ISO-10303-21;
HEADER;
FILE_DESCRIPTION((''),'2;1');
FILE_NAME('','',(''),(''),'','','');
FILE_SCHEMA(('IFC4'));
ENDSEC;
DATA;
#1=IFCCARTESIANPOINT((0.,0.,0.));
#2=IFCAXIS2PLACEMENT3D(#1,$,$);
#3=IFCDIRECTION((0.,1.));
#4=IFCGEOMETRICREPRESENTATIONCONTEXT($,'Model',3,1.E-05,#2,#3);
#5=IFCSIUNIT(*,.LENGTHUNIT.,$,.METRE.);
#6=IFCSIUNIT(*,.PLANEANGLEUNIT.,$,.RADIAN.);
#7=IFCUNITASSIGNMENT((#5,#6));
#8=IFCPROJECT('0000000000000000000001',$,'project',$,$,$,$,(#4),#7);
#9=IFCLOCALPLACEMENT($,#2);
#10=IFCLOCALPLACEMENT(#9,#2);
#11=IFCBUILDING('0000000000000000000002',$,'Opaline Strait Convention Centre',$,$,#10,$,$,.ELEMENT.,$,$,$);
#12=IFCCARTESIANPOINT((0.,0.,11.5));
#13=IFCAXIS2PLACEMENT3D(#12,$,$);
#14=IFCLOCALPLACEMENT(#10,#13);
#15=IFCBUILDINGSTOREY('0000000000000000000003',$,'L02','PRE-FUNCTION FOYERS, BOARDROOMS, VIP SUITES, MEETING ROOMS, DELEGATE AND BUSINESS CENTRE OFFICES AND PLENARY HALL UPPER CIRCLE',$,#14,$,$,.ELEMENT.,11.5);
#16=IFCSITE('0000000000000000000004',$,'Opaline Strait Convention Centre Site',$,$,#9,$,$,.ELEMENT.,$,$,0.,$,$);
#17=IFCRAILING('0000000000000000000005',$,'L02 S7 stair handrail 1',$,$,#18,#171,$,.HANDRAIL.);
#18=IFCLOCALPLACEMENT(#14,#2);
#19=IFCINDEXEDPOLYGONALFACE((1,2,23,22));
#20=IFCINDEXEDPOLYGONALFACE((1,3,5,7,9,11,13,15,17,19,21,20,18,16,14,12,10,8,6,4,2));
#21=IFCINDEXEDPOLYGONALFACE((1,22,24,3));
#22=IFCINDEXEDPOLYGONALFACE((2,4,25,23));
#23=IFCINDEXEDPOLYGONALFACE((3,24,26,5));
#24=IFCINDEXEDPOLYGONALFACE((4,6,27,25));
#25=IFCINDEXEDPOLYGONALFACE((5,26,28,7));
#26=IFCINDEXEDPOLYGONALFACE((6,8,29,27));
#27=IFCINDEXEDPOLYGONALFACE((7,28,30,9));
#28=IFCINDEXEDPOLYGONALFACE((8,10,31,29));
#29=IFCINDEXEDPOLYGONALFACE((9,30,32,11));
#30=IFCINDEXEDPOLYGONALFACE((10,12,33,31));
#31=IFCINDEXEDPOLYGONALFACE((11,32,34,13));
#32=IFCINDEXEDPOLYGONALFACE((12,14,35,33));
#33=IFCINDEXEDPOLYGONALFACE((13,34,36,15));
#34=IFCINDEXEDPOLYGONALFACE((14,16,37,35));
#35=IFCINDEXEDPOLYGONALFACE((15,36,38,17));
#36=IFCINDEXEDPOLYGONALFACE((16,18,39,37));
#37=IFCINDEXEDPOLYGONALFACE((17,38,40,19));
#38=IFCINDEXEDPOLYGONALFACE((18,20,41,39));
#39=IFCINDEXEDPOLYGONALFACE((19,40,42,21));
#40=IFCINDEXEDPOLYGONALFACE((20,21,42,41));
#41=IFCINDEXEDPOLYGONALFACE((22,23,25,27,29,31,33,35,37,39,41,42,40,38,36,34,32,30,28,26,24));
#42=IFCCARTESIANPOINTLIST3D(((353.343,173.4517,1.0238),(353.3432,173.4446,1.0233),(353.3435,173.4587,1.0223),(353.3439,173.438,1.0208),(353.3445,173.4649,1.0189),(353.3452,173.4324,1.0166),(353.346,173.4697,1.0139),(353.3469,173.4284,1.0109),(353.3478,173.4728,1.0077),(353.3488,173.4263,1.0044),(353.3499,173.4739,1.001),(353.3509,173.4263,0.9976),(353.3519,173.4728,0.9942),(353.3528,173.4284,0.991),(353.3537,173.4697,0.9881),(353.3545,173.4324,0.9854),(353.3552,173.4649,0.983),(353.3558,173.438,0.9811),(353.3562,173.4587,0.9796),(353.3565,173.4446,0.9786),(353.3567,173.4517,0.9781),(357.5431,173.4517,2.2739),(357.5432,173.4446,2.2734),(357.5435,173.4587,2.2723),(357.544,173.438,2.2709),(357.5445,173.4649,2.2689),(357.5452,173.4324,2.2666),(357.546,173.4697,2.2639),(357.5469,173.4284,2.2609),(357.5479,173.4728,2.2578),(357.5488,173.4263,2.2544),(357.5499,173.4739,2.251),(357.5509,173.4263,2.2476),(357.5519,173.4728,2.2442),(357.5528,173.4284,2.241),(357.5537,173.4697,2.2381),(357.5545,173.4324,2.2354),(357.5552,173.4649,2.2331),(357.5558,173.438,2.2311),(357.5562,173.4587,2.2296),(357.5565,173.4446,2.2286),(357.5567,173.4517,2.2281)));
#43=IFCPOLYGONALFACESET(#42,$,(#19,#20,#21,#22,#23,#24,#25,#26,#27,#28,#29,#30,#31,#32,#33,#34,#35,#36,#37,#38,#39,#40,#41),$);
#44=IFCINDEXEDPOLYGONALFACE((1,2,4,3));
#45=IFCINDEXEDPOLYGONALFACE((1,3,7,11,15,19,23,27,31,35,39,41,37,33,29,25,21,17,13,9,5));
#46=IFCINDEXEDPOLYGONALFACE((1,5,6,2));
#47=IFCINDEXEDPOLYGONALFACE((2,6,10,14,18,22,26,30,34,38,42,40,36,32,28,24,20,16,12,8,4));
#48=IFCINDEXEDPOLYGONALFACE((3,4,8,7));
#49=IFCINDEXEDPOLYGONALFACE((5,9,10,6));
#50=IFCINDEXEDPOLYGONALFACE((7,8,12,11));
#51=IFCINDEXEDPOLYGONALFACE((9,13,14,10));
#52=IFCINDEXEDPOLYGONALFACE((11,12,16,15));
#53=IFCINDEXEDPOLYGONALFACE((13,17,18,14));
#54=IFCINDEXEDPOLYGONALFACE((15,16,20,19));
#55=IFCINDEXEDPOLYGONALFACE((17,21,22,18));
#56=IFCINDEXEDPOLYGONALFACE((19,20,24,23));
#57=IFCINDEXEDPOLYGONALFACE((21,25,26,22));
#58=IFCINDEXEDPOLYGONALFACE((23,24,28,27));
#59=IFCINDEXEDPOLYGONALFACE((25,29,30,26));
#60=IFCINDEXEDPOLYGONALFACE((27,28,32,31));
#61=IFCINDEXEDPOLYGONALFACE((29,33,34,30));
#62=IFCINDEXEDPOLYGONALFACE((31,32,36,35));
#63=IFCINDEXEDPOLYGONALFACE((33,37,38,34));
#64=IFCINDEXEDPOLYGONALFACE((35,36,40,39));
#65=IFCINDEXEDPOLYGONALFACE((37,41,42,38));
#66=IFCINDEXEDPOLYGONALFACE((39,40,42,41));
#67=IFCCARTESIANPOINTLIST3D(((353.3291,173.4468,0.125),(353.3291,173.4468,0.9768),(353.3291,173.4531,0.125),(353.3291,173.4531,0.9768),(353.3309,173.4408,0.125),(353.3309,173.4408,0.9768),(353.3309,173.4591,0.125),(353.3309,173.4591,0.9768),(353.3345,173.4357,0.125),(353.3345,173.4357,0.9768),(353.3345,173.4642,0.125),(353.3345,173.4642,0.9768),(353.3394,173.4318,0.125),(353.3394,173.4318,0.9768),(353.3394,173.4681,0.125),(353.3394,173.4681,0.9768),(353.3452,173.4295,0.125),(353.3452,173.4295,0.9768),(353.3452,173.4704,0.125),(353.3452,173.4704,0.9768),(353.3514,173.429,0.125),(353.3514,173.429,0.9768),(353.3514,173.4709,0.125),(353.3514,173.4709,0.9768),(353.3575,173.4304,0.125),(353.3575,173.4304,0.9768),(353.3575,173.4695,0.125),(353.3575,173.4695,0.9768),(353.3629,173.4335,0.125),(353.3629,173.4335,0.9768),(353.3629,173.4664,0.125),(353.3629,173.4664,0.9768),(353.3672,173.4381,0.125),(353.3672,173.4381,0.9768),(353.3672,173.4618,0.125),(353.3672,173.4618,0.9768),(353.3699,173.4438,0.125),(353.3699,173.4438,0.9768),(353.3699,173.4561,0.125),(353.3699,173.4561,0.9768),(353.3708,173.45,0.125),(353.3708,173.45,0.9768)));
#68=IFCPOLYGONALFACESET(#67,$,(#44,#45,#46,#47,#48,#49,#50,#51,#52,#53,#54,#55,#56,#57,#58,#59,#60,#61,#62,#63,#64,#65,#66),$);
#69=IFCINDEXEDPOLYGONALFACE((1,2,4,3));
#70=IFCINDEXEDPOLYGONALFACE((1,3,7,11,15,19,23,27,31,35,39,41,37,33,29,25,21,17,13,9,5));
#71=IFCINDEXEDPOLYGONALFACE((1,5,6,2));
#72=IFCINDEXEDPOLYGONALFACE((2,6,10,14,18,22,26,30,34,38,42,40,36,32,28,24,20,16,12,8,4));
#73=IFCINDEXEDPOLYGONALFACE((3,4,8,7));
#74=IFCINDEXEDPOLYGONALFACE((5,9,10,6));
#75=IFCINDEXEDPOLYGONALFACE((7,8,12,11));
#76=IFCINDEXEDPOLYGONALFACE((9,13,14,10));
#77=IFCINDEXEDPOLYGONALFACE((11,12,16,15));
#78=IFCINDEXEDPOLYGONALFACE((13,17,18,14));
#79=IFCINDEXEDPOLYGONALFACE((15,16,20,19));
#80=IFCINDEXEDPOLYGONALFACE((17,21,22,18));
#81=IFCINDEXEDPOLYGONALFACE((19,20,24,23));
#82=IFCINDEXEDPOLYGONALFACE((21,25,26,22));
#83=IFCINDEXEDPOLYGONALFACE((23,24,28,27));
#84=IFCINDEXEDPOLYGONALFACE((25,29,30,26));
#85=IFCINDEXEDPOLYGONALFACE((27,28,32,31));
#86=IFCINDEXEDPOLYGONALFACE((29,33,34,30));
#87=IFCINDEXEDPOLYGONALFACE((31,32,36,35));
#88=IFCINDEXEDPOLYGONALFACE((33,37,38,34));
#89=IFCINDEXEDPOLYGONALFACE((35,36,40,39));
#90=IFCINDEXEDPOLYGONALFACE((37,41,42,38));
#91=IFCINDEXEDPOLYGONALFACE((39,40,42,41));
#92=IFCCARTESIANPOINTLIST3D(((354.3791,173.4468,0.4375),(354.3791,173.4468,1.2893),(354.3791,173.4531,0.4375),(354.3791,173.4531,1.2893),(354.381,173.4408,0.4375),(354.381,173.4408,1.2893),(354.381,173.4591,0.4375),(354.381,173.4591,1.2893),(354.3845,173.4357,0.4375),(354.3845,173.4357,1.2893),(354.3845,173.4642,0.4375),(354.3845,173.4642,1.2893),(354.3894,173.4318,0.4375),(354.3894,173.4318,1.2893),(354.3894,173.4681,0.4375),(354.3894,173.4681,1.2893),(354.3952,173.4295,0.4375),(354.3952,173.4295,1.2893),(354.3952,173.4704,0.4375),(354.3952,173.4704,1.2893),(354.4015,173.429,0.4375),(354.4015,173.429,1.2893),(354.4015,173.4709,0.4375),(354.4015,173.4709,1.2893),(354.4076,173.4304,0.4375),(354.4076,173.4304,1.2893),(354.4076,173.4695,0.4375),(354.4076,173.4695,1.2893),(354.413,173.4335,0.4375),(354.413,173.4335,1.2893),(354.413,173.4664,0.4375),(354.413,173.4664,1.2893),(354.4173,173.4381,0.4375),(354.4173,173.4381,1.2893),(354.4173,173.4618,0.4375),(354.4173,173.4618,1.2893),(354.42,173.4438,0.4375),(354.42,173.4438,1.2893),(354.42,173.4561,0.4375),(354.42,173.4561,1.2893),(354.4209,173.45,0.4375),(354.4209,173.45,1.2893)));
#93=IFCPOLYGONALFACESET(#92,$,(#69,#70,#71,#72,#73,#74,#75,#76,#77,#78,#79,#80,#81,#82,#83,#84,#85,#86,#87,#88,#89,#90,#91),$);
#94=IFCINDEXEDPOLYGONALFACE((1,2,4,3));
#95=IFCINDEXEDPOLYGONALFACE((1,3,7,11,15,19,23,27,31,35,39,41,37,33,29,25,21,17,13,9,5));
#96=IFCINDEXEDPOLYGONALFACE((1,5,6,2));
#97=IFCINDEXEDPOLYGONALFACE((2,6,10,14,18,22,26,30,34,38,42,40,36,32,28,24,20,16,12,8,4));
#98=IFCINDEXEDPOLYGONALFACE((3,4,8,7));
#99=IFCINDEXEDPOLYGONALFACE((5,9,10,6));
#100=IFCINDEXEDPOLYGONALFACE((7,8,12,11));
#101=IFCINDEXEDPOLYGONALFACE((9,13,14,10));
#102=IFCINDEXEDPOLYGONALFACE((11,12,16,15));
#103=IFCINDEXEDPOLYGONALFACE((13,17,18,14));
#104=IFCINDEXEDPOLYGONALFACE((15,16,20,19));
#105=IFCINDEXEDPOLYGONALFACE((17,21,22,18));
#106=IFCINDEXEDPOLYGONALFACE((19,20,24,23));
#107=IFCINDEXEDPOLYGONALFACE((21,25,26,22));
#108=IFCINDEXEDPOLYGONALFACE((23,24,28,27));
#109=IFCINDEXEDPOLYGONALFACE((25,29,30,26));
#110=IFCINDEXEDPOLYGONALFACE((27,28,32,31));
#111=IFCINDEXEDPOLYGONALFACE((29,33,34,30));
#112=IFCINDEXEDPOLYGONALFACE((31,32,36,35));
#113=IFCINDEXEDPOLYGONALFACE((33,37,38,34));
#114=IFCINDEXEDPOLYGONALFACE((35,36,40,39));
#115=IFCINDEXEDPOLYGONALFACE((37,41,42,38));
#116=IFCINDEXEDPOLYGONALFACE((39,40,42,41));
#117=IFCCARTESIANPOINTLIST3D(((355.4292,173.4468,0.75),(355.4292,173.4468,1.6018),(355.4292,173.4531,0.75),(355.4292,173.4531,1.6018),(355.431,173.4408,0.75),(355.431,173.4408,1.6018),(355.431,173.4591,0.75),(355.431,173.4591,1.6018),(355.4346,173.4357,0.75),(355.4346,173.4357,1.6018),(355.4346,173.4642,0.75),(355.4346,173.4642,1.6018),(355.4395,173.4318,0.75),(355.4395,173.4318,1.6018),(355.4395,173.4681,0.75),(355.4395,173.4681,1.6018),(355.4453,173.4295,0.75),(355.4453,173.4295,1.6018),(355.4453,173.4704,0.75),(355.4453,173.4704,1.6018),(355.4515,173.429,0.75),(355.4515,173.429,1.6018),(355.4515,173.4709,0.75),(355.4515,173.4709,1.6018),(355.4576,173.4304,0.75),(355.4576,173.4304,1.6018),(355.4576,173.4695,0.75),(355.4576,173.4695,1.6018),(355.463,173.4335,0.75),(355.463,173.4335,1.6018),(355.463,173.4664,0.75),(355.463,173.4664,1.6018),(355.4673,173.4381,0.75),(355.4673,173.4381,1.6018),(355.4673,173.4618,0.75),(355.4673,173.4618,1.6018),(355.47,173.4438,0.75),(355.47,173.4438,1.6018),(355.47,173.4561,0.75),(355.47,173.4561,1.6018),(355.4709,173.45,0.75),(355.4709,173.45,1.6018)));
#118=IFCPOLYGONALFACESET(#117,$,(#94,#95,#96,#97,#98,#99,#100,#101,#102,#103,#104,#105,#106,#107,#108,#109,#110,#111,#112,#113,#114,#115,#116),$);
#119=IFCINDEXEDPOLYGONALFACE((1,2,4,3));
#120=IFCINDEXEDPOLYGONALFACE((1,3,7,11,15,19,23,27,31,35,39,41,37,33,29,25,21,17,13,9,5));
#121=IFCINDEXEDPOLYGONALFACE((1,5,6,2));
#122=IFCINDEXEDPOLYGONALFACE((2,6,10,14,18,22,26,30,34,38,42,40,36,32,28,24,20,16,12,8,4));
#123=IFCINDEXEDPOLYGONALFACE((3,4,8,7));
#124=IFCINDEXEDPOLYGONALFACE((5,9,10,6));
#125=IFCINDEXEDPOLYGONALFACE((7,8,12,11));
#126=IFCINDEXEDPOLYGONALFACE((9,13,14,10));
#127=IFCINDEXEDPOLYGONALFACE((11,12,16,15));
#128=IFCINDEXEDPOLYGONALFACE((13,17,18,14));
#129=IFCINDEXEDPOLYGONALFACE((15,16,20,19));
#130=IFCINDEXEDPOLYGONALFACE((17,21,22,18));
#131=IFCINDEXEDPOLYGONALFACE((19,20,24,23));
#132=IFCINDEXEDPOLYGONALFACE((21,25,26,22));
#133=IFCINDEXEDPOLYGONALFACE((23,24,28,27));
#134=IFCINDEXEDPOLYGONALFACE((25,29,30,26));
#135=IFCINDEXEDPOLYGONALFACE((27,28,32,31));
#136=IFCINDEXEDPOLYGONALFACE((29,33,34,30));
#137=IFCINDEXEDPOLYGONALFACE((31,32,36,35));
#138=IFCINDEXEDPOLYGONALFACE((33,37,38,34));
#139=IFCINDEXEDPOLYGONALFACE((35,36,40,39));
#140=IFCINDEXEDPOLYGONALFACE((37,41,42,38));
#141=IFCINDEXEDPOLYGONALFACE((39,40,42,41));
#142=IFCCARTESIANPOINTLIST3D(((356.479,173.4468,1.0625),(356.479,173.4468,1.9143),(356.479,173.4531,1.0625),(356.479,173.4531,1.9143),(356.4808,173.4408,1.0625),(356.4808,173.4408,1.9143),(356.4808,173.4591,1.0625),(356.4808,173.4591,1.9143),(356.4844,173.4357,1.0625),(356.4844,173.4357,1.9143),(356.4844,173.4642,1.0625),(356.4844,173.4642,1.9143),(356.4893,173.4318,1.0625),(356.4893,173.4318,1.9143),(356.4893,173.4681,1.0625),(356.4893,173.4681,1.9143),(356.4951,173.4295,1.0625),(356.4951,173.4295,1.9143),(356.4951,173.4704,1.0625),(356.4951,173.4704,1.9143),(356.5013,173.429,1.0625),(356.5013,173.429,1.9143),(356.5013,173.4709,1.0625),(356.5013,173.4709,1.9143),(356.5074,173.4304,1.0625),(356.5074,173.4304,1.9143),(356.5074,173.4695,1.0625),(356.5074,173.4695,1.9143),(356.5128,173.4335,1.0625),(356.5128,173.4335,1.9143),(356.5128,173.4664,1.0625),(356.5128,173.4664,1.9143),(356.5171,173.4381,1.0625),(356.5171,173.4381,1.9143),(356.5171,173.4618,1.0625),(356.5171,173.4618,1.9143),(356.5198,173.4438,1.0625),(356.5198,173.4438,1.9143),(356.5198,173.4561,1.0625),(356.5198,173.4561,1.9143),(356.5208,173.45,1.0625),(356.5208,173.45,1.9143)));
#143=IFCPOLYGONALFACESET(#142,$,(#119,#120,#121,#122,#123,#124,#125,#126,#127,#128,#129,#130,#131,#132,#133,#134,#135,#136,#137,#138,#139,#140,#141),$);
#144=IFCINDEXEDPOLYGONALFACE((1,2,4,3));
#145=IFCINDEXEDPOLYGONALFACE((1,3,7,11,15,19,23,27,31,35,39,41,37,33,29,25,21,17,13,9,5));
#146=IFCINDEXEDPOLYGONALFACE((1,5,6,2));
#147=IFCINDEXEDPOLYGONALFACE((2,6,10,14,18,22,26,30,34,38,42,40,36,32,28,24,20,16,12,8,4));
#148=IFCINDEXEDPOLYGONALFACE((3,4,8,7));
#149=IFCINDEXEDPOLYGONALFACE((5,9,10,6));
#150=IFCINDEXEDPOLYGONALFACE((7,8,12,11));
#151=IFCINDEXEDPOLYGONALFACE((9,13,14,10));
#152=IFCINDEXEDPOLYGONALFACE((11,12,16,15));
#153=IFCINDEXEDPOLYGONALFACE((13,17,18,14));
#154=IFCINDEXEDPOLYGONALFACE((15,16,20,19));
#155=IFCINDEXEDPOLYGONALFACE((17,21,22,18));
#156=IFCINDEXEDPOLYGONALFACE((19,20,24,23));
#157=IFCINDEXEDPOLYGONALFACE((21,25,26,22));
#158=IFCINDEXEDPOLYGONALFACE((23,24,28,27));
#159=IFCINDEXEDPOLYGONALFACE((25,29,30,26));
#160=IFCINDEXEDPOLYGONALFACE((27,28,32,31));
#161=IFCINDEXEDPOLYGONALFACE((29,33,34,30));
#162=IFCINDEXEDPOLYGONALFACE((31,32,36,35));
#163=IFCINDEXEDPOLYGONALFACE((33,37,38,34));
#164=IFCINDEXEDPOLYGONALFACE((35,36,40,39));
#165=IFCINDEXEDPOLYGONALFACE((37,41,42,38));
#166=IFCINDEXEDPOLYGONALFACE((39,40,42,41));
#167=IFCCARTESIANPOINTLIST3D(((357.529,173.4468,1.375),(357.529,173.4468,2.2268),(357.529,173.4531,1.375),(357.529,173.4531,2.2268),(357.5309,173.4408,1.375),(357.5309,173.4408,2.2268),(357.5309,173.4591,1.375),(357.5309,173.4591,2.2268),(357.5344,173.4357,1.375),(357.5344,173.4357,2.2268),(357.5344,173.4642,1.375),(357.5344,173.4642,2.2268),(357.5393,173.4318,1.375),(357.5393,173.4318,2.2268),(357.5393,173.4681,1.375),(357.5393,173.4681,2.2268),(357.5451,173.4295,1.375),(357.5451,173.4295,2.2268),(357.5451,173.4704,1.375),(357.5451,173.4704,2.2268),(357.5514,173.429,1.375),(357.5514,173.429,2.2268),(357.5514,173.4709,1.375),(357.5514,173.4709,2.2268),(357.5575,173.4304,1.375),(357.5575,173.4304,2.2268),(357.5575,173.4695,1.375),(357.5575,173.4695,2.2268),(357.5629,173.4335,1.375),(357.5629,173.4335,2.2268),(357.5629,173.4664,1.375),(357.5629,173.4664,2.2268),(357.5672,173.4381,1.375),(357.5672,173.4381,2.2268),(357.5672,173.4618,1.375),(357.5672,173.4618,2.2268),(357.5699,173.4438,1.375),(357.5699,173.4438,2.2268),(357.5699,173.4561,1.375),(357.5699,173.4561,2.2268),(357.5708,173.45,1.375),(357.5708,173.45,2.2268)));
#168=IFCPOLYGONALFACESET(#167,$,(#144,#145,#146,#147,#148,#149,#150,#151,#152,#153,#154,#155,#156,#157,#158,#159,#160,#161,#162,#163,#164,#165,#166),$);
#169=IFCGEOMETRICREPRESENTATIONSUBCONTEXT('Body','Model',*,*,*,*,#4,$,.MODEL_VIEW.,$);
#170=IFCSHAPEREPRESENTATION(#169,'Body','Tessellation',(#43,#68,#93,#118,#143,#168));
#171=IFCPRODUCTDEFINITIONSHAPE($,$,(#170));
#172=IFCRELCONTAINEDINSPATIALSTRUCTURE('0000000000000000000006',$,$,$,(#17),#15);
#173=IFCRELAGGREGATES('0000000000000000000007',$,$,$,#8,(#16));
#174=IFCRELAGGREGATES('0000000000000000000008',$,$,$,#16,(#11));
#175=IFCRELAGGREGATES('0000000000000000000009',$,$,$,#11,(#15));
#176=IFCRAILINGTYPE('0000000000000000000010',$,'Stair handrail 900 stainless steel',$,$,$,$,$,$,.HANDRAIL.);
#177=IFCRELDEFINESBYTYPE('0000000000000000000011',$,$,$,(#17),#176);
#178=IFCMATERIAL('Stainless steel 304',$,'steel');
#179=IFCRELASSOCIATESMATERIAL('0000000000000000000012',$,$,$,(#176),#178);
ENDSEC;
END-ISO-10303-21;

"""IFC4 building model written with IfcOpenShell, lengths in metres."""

from ifc_helpers import new_model, si_unit, direction, frame, origin, origin_2d, place, context, subcontext, project, spatial, circle, extrude, material, type_object, element, save


model = new_model("IFC4")

# Units and contexts
model_context = context("Model", 3, precision=1e-05, world=origin(), true_north=direction((0.0, 1.0)))
body_context = subcontext(model_context, "Body", "Model", "MODEL_VIEW")
ifc_project = project(units=[si_unit("LENGTHUNIT", "METRE"), si_unit("PLANEANGLEUNIT", "RADIAN")], contexts=[model_context])

# Site, building, storey
site_placement = place(None, origin())
site = spatial("IfcSite", under=ifc_project, at=site_placement, Name="Opaline Strait Convention Centre Site", CompositionType="ELEMENT", RefElevation=0.0)
building_placement = place(site_placement, origin())
building = spatial("IfcBuilding", under=site, at=building_placement, Name="Opaline Strait Convention Centre", CompositionType="ELEMENT")
storey_placement = place(building_placement, frame((0.0, 0.0, 11.5)))
storey = spatial("IfcBuildingStorey", under=building, at=storey_placement, Name="L02", Description="PRE-FUNCTION FOYERS, BOARDROOMS, VIP SUITES, MEETING ROOMS, DELEGATE AND BUSINESS CENTRE OFFICES AND PLENARY HALL UPPER CIRCLE", CompositionType="ELEMENT", Elevation=11.5)

# Railing
ifc_material_1 = material(Name="Stainless steel 304", Category="steel")
railing_type = type_object("IfcRailingType", Name="Stair handrail 900 stainless steel", PredefinedType="HANDRAIL", material=ifc_material_1)
for number, where, name in (
    (1, (353.3499, 173.45, 0.125), "L02 S7 stair handrail 1"),
):
    element("IfcRailing", number, at=place(storey_placement, frame(where)), inside=storey, type_object=railing_type, Name=name, PredefinedType="HANDRAIL", context=body_context, shape_type="SweptSolid", body=[
        extrude(circle(Radius=0.0239, at=origin_2d()), frame((0.0, 0.0, 0.876), z_axis=(0.958451, 0.0, 0.285257), x_axis=(0.0, 1.0, 0.0)), (0.0, 0.0, 1.0), 4.3821),
        extrude(circle(Radius=0.021, at=origin_2d()), origin(), (0.0, 0.0, 1.0), 0.8518),
        extrude(circle(Radius=0.021, at=origin_2d()), frame((1.05, 0.0, 0.3125)), (0.0, 0.0, 1.0), 0.8518),
        extrude(circle(Radius=0.021, at=origin_2d()), frame((2.1001, 0.0, 0.625)), (0.0, 0.0, 1.0), 0.8518),
        extrude(circle(Radius=0.021, at=origin_2d()), frame((3.1499, 0.0, 0.9375)), (0.0, 0.0, 1.0), 0.8518),
        extrude(circle(Radius=0.021, at=origin_2d()), frame((4.2, 0.0, 1.25)), (0.0, 0.0, 1.0), 0.8518),
    ])

save(model, "model.ifc")
